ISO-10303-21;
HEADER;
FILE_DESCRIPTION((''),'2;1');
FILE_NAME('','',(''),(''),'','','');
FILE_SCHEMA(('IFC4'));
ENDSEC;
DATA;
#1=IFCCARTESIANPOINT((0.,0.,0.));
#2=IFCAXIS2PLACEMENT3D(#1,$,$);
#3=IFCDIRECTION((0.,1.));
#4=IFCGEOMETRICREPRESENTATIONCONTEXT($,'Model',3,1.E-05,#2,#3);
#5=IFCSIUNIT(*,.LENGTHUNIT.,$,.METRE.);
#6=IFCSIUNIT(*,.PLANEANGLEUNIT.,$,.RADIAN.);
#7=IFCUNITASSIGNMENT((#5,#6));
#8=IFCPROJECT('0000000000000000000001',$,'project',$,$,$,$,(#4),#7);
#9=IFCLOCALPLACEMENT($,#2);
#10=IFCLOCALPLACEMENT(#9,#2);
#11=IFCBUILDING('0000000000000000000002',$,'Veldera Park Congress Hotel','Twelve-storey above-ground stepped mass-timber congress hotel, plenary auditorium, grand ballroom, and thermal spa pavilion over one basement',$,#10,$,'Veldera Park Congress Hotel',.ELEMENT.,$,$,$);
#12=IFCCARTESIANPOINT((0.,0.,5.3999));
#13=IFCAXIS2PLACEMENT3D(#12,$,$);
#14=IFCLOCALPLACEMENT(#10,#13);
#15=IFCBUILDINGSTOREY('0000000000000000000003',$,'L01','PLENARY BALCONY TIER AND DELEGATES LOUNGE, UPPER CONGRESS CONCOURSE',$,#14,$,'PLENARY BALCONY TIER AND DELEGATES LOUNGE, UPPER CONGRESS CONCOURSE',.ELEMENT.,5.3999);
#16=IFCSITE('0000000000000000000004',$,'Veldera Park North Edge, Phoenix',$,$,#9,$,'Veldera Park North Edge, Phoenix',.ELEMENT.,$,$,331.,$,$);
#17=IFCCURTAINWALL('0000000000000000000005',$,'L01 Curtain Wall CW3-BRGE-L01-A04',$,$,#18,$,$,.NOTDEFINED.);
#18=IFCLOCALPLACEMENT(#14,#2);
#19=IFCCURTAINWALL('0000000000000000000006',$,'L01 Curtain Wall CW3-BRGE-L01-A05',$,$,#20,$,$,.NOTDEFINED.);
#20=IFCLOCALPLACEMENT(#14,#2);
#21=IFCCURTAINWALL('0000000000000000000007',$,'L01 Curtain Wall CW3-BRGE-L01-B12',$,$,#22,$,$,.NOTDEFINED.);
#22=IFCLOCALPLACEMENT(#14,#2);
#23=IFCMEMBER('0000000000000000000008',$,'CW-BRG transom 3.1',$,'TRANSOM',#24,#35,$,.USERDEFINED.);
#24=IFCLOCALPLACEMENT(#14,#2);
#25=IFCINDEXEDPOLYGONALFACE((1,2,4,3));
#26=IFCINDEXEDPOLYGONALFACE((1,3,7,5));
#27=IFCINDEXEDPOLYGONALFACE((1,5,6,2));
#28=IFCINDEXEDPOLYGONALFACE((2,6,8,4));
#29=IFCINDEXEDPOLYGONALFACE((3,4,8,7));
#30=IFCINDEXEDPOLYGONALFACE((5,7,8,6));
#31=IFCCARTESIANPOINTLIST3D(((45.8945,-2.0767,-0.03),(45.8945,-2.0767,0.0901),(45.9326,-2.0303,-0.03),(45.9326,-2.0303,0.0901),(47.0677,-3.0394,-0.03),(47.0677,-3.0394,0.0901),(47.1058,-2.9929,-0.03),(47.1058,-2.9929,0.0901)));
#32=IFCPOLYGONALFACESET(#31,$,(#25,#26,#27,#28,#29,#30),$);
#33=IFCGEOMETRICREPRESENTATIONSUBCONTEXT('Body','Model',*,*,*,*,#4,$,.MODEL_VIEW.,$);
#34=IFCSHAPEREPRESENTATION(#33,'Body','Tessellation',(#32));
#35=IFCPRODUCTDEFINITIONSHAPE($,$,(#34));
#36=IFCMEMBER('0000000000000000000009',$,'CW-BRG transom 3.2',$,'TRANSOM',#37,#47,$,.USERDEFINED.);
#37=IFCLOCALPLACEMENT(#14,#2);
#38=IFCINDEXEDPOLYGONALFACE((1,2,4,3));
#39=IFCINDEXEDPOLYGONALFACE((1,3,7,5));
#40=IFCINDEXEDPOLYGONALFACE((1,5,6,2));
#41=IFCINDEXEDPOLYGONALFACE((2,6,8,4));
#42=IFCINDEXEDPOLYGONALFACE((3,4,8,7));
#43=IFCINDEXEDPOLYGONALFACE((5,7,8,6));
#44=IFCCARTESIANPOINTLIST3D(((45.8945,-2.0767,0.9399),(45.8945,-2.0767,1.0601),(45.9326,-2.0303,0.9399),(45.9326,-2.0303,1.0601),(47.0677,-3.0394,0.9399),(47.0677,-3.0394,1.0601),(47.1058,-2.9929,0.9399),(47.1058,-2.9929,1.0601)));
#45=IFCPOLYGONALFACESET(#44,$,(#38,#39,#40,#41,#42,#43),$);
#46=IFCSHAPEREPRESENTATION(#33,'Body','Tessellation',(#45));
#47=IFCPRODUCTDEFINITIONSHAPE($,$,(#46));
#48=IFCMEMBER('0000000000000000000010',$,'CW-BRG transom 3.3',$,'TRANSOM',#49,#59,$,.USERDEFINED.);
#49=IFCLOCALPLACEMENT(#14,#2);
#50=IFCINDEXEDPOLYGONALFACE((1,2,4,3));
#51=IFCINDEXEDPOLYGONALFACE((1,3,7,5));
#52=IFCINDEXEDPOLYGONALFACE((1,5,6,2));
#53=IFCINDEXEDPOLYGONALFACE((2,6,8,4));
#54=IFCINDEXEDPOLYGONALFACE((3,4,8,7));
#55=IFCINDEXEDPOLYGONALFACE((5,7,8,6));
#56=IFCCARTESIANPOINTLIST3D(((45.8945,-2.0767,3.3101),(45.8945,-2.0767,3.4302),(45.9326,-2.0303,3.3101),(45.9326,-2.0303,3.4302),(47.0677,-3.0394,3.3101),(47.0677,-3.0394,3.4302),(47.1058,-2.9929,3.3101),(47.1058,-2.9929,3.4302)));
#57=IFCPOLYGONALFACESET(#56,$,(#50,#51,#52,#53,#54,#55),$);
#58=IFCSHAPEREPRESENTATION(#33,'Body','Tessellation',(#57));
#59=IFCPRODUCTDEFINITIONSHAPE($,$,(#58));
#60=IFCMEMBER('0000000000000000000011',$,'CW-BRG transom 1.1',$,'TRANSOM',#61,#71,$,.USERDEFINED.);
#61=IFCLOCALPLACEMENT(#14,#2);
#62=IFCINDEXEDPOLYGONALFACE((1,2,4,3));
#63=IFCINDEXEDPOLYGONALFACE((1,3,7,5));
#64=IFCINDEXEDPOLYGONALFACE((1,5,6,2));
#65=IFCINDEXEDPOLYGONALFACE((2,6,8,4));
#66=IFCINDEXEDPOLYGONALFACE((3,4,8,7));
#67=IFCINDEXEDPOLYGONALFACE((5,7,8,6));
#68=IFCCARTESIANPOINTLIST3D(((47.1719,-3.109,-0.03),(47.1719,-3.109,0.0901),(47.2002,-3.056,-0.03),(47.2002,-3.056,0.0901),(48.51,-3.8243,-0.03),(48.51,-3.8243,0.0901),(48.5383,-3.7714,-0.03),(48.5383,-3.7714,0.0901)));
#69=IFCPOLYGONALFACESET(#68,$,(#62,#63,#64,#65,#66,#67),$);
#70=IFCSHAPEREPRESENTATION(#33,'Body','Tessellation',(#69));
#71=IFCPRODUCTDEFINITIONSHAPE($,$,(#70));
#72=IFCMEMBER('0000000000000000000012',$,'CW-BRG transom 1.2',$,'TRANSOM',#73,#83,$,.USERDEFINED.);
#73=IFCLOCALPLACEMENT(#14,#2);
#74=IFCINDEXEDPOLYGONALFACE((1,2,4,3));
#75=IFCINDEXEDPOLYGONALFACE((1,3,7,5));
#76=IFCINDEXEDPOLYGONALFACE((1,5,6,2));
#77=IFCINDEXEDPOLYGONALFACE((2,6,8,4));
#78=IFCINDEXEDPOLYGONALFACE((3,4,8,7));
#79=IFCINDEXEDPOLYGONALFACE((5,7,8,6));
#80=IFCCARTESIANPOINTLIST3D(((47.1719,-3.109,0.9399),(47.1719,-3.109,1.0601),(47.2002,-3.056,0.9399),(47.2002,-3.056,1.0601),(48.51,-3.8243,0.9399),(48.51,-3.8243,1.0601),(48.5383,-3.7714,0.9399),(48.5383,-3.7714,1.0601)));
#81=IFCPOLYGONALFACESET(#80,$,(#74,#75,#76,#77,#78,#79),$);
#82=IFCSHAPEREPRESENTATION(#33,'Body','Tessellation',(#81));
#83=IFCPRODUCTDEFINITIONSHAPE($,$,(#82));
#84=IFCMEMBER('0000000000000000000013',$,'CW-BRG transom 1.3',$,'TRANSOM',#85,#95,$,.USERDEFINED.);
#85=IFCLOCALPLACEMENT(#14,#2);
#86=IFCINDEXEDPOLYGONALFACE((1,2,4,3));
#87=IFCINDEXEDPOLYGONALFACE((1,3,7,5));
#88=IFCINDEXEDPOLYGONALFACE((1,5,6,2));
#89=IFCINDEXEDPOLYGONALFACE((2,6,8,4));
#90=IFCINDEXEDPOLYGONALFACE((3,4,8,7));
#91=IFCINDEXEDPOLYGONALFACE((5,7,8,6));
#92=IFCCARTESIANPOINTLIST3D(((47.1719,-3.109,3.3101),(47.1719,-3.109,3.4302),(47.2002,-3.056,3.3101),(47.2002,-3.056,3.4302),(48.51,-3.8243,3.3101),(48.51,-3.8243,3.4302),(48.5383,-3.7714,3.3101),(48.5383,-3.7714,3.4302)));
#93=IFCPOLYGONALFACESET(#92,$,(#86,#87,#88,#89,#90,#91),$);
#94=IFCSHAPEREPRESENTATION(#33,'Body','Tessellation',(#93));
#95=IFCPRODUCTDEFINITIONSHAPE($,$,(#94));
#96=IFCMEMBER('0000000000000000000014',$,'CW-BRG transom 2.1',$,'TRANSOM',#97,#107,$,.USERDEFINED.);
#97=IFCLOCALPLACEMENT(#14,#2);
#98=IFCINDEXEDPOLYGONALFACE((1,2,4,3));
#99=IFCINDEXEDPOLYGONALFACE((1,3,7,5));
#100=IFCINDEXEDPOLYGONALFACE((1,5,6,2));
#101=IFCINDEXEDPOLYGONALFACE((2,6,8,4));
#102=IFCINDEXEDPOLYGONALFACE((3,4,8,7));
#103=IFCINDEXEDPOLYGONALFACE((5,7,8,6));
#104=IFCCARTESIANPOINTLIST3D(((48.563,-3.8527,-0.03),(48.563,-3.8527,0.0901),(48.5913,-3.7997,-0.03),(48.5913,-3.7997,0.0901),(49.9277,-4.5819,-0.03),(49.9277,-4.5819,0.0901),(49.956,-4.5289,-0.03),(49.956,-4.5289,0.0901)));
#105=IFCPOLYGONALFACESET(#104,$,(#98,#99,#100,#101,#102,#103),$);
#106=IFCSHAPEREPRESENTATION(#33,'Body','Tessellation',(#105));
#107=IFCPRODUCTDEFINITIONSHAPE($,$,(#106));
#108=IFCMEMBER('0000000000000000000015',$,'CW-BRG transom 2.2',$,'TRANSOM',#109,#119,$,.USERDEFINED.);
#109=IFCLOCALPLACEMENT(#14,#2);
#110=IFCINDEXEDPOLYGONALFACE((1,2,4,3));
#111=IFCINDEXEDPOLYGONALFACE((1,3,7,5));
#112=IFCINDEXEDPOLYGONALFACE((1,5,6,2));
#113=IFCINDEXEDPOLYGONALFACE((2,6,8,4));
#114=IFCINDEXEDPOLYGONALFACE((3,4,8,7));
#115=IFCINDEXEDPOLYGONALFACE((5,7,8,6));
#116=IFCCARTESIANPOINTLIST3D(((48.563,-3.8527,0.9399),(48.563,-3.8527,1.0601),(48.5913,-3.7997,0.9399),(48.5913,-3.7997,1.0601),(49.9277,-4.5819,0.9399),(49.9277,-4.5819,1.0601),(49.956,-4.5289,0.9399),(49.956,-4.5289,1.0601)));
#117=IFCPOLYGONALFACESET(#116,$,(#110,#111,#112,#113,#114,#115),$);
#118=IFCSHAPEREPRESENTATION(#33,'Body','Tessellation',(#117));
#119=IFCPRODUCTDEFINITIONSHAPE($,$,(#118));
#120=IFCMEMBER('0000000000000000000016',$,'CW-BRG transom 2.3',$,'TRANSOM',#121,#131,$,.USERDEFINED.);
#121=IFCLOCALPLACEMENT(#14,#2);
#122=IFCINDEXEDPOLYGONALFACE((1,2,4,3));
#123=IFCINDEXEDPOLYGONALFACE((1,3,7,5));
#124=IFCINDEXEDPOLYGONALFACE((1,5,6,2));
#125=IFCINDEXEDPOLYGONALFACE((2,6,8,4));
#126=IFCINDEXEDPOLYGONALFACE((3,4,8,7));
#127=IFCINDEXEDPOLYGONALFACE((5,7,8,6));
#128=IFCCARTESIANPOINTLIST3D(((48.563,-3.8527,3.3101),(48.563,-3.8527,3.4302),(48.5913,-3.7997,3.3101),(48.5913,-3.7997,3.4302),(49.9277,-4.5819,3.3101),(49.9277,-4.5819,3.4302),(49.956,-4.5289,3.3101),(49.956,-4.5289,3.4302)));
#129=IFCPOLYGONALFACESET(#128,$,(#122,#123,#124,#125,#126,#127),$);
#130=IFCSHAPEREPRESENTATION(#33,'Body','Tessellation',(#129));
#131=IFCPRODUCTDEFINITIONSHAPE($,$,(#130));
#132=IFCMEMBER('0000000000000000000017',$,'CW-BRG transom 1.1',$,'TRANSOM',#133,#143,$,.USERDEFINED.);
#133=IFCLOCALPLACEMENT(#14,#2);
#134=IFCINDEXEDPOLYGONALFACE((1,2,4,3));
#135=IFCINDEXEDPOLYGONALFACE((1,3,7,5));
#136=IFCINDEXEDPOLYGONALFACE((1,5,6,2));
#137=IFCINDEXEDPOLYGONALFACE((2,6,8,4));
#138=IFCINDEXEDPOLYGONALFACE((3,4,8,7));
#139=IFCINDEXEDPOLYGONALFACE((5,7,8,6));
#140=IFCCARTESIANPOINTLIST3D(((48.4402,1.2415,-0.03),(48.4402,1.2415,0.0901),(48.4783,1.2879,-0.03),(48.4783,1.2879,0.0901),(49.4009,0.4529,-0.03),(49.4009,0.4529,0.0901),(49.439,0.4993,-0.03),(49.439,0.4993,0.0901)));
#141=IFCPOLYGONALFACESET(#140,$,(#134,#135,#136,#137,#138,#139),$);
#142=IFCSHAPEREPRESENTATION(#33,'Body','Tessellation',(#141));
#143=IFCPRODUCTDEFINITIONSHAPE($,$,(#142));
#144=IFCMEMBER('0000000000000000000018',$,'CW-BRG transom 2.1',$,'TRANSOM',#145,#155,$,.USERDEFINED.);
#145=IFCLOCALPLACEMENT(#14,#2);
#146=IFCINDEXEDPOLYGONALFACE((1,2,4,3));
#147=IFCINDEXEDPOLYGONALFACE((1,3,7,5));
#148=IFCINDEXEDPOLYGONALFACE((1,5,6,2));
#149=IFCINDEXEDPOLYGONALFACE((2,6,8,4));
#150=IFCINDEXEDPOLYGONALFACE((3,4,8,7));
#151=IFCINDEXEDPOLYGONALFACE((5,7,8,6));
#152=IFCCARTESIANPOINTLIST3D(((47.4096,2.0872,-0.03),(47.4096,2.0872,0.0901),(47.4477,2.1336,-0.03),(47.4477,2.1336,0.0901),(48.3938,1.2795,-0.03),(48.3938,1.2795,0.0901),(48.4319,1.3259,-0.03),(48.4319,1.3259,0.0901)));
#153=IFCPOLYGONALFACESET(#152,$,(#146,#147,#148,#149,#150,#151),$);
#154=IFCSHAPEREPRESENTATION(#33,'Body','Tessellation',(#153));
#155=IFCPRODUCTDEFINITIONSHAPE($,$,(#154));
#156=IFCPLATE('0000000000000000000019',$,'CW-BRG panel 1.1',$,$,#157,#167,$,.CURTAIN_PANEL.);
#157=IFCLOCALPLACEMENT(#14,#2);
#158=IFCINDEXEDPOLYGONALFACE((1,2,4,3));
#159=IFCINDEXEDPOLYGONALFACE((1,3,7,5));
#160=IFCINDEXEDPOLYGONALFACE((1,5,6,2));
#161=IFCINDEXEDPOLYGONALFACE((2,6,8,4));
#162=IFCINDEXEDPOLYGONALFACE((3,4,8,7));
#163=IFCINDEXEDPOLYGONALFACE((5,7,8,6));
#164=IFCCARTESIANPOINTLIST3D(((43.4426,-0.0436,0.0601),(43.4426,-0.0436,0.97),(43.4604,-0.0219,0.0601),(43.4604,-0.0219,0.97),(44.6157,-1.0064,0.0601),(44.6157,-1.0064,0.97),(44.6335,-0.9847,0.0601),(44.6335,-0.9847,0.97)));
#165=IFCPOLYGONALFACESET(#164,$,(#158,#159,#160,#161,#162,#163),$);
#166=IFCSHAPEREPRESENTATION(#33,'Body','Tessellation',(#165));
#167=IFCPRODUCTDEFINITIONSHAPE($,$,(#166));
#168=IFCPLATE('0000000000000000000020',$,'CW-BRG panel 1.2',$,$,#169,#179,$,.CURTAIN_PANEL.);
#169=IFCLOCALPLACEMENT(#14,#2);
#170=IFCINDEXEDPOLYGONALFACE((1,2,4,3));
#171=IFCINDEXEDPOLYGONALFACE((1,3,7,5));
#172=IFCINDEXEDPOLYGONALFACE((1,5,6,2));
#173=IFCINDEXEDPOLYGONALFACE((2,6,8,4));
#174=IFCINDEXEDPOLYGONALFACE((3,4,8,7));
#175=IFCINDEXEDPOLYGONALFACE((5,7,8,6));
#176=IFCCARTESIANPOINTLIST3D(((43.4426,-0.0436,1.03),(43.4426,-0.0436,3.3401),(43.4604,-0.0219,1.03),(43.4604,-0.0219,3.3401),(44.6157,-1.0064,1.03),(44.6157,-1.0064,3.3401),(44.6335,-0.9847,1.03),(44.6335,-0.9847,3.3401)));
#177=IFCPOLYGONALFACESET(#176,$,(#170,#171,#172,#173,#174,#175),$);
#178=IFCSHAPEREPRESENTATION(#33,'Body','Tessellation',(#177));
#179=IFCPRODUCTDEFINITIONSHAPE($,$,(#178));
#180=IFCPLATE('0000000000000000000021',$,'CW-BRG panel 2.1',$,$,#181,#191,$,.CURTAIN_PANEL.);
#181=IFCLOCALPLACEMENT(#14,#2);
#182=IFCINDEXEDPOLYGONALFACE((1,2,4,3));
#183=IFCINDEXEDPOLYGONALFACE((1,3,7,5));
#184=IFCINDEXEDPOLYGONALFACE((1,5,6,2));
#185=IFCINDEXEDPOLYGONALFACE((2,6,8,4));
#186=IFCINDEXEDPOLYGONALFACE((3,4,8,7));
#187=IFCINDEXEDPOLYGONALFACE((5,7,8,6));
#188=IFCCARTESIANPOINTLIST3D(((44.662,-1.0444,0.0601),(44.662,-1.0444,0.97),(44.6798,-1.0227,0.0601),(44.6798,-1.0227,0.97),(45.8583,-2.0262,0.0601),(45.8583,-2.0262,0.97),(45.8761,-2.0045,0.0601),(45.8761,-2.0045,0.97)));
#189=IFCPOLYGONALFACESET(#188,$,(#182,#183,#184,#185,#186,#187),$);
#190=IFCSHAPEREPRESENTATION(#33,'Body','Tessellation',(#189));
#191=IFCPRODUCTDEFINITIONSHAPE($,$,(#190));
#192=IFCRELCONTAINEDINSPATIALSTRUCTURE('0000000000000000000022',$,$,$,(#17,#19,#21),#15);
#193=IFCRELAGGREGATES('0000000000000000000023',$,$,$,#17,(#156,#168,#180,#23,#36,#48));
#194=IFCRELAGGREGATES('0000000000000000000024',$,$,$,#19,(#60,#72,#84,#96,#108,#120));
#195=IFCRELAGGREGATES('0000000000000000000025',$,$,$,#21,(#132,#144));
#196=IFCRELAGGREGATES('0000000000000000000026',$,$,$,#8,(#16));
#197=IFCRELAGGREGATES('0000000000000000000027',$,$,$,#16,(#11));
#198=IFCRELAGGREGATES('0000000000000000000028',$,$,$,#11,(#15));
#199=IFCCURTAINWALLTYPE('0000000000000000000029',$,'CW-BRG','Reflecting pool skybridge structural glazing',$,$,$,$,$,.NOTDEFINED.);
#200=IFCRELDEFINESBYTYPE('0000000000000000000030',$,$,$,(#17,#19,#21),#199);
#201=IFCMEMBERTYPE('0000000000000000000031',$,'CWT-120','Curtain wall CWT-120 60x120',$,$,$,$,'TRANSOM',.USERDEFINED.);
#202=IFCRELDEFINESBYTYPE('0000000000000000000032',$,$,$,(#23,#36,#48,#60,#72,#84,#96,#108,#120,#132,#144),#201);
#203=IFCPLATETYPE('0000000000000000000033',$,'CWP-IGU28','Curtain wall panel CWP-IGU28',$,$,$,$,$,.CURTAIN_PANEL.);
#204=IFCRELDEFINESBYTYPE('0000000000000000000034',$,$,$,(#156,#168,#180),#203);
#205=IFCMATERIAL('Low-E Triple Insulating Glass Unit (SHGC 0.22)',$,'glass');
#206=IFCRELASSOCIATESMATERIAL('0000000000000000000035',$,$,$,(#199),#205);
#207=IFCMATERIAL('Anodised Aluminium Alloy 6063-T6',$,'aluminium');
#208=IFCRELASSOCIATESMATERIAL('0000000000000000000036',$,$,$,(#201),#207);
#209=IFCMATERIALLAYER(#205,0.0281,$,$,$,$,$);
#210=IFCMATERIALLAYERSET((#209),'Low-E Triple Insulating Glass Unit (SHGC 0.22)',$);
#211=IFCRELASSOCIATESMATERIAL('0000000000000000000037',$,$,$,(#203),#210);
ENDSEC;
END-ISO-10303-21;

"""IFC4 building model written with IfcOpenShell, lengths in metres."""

from ifc_helpers import new_model, si_unit, direction, frame, origin, origin_2d, place, context, subcontext, project, spatial, rectangle, extrude, material, layer, layer_set, material_profile, profile_set, type_object, element, aggregate, save


model = new_model("IFC4")

# Units and contexts
model_context = context("Model", 3, precision=1e-05, world=origin(), true_north=direction((0.0, 1.0)))
body_context = subcontext(model_context, "Body", "Model", "MODEL_VIEW")
ifc_project = project(units=[si_unit("LENGTHUNIT", "METRE"), si_unit("PLANEANGLEUNIT", "RADIAN")], contexts=[model_context])

# Site, building, storey
site_placement = place(None, origin())
site = spatial("IfcSite", under=ifc_project, at=site_placement, Name="Veldera Park North Edge, Phoenix", LongName="Veldera Park North Edge, Phoenix", CompositionType="ELEMENT", RefElevation=331.0)
building_placement = place(site_placement, origin())
building = spatial("IfcBuilding", under=site, at=building_placement, Name="Veldera Park Congress Hotel", Description="Twelve-storey above-ground stepped mass-timber congress hotel, plenary auditorium, grand ballroom, and thermal spa pavilion over one basement", LongName="Veldera Park Congress Hotel", CompositionType="ELEMENT")
storey_placement = place(building_placement, frame((0.0, 0.0, 5.3999)))
storey = spatial("IfcBuildingStorey", under=building, at=storey_placement, Name="L01", Description="PLENARY BALCONY TIER AND DELEGATES LOUNGE, UPPER CONGRESS CONCOURSE", LongName="PLENARY BALCONY TIER AND DELEGATES LOUNGE, UPPER CONGRESS CONCOURSE", CompositionType="ELEMENT", Elevation=5.3999)

# Shared definitions
ifc_material_1 = material(Name="Low-E Triple Insulating Glass Unit (SHGC 0.22)", Category="glass")
curtain_wall_type = type_object("IfcCurtainWallType", Name="CW-BRG", Description="Reflecting pool skybridge structural glazing", PredefinedType="NOTDEFINED", material=ifc_material_1)
ifc_material_2 = material(Name="Anodised Aluminium Alloy 6063-T6", Category="aluminium")

# Curtain walls
curtain_wall_1_placement = place(storey_placement, origin())
curtain_wall_1 = element("IfcCurtainWall", 1, at=curtain_wall_1_placement, inside=storey, type_object=curtain_wall_type, Name="L01 Curtain Wall CW3-BRGE-L01-A04", PredefinedType="NOTDEFINED")
curtain_wall_2_placement = place(storey_placement, origin())
curtain_wall_2 = element("IfcCurtainWall", 2, at=curtain_wall_2_placement, inside=storey, type_object=curtain_wall_type, Name="L01 Curtain Wall CW3-BRGE-L01-A05", PredefinedType="NOTDEFINED")

# Curtain wall
curtain_wall_3_placement = place(storey_placement, origin())
curtain_wall_3 = element("IfcCurtainWall", 3, at=curtain_wall_3_placement, inside=storey, type_object=curtain_wall_type, Name="L01 Curtain Wall CW3-BRGE-L01-B12", PredefinedType="NOTDEFINED")

# Members
ifc_material_profile_1 = material_profile(ifc_material_2, rectangle(XDim=0.0601, YDim=0.1201, at=origin_2d()), Name="ALU 60x120")
ifc_profile_set_1 = profile_set([ifc_material_profile_1], Name="Anodised Aluminium Alloy 6063-T6")
member_type_1 = type_object("IfcMemberType", Name="CWT-120", Description="Curtain wall CWT-120 60x120", ElementType="TRANSOM", PredefinedType="USERDEFINED", material=ifc_profile_set_1)
member_1_placement = place(storey_placement, frame((45.9136, -2.0535, 0.03), z_axis=(0.773039, -0.634359, 0.0), x_axis=(0.634359, 0.773039, 0.0)))
member_1 = element("IfcMember", 4, at=member_1_placement, type_object=member_type_1, Name="CW-BRG transom 3.1", ObjectType="TRANSOM", PredefinedType="USERDEFINED", context=body_context, shape_type="SweptSolid", body=[
    extrude(rectangle(XDim=0.0601, YDim=0.1201, at=origin_2d()), origin(), (0.0, 0.0, 1.0), 1.5176),
])
member_2_placement = place(storey_placement, frame((45.9136, -2.0535, 1.0), z_axis=(0.773039, -0.634359, 0.0), x_axis=(0.634359, 0.773039, 0.0)))
member_2 = element("IfcMember", 5, at=member_2_placement, type_object=member_type_1, Name="CW-BRG transom 3.2", ObjectType="TRANSOM", PredefinedType="USERDEFINED", context=body_context, shape_type="SweptSolid", body=[
    extrude(rectangle(XDim=0.0601, YDim=0.1201, at=origin_2d()), origin(), (0.0, 0.0, 1.0), 1.5176),
])
member_3_placement = place(storey_placement, frame((45.9136, -2.0535, 3.3701), z_axis=(0.773039, -0.634359, 0.0), x_axis=(0.634359, 0.773039, 0.0)))
member_3 = element("IfcMember", 6, at=member_3_placement, type_object=member_type_1, Name="CW-BRG transom 3.3", ObjectType="TRANSOM", PredefinedType="USERDEFINED", context=body_context, shape_type="SweptSolid", body=[
    extrude(rectangle(XDim=0.0601, YDim=0.1201, at=origin_2d()), origin(), (0.0, 0.0, 1.0), 1.5176),
])
member_4_placement = place(storey_placement, frame((47.186, -3.0825, 0.03), z_axis=(0.881898, -0.47144, 0.0), x_axis=(0.47144, 0.881898, 0.0)))
member_4 = element("IfcMember", 7, at=member_4_placement, type_object=member_type_1, Name="CW-BRG transom 1.1", ObjectType="TRANSOM", PredefinedType="USERDEFINED", context=body_context, shape_type="SweptSolid", body=[
    extrude(rectangle(XDim=0.0601, YDim=0.1201, at=origin_2d()), origin(), (0.0, 0.0, 1.0), 1.5173),
])
member_5_placement = place(storey_placement, frame((47.186, -3.0825, 1.0), z_axis=(0.881898, -0.47144, 0.0), x_axis=(0.47144, 0.881898, 0.0)))
member_5 = element("IfcMember", 8, at=member_5_placement, type_object=member_type_1, Name="CW-BRG transom 1.2", ObjectType="TRANSOM", PredefinedType="USERDEFINED", context=body_context, shape_type="SweptSolid", body=[
    extrude(rectangle(XDim=0.0601, YDim=0.1201, at=origin_2d()), origin(), (0.0, 0.0, 1.0), 1.5173),
])
member_6_placement = place(storey_placement, frame((47.186, -3.0825, 3.3701), z_axis=(0.881898, -0.47144, 0.0), x_axis=(0.47144, 0.881898, 0.0)))
member_6 = element("IfcMember", 9, at=member_6_placement, type_object=member_type_1, Name="CW-BRG transom 1.3", ObjectType="TRANSOM", PredefinedType="USERDEFINED", context=body_context, shape_type="SweptSolid", body=[
    extrude(rectangle(XDim=0.0601, YDim=0.1201, at=origin_2d()), origin(), (0.0, 0.0, 1.0), 1.5173),
])
member_7_placement = place(storey_placement, frame((48.5771, -3.8262, 0.03), z_axis=(0.881981, -0.471284, 0.0), x_axis=(0.471284, 0.881981, 0.0)))
member_7 = element("IfcMember", 10, at=member_7_placement, type_object=member_type_1, Name="CW-BRG transom 2.1", ObjectType="TRANSOM", PredefinedType="USERDEFINED", context=body_context, shape_type="SweptSolid", body=[
    extrude(rectangle(XDim=0.0601, YDim=0.1201, at=origin_2d()), origin(), (0.0, 0.0, 1.0), 1.5474),
])
member_8_placement = place(storey_placement, frame((48.5771, -3.8262, 1.0), z_axis=(0.881981, -0.471284, 0.0), x_axis=(0.471284, 0.881981, 0.0)))
member_8 = element("IfcMember", 11, at=member_8_placement, type_object=member_type_1, Name="CW-BRG transom 2.2", ObjectType="TRANSOM", PredefinedType="USERDEFINED", context=body_context, shape_type="SweptSolid", body=[
    extrude(rectangle(XDim=0.0601, YDim=0.1201, at=origin_2d()), origin(), (0.0, 0.0, 1.0), 1.5474),
])
member_9_placement = place(storey_placement, frame((48.5771, -3.8262, 3.3701), z_axis=(0.881981, -0.471284, 0.0), x_axis=(0.471284, 0.881981, 0.0)))
member_9 = element("IfcMember", 12, at=member_9_placement, type_object=member_type_1, Name="CW-BRG transom 2.3", ObjectType="TRANSOM", PredefinedType="USERDEFINED", context=body_context, shape_type="SweptSolid", body=[
    extrude(rectangle(XDim=0.0601, YDim=0.1201, at=origin_2d()), origin(), (0.0, 0.0, 1.0), 1.5474),
])
member_10_placement = place(storey_placement, frame((49.4199, 0.4761, 0.03), z_axis=(-0.77295, 0.634467, 0.0), x_axis=(-0.634467, -0.77295, 0.0)))
member_10 = element("IfcMember", 13, at=member_10_placement, type_object=member_type_1, Name="CW-BRG transom 1.1", ObjectType="TRANSOM", PredefinedType="USERDEFINED", context=body_context, shape_type="SweptSolid", body=[
    extrude(rectangle(XDim=0.0601, YDim=0.1201, at=origin_2d()), origin(), (0.0, 0.0, 1.0), 1.2429),
])
member_11_placement = place(storey_placement, frame((48.4128, 1.3027, 0.03), z_axis=(-0.773025, 0.634375, 0.0), x_axis=(-0.634375, -0.773025, 0.0)))
member_11 = element("IfcMember", 14, at=member_11_placement, type_object=member_type_1, Name="CW-BRG transom 2.1", ObjectType="TRANSOM", PredefinedType="USERDEFINED", context=body_context, shape_type="SweptSolid", body=[
    extrude(rectangle(XDim=0.0601, YDim=0.1201, at=origin_2d()), origin(), (0.0, 0.0, 1.0), 1.2732),
])

# Plates
ifc_layer = layer(ifc_material_1, 0.0281)
ifc_layer_set = layer_set([ifc_layer], Name="Low-E Triple Insulating Glass Unit (SHGC 0.22)")
plate_type = type_object("IfcPlateType", Name="CWP-IGU28", Description="Curtain wall panel CWP-IGU28", PredefinedType="CURTAIN_PANEL", material=ifc_layer_set)
plate_1_placement = place(storey_placement, frame((44.0381, -0.5142, 0.0601), z_axis=(0.0, 0.0, 1.0), x_axis=(0.773003, -0.634402, 0.0)))
plate_1 = element("IfcPlate", 15, at=plate_1_placement, type_object=plate_type, Name="CW-BRG panel 1.1", PredefinedType="CURTAIN_PANEL", context=body_context, shape_type="SweptSolid", body=[
    extrude(rectangle(XDim=1.5176, YDim=0.0281, at=origin_2d()), origin(), (0.0, 0.0, 1.0), 0.9099),
])
plate_2_placement = place(storey_placement, frame((44.0381, -0.5142, 1.03), z_axis=(0.0, 0.0, 1.0), x_axis=(0.773003, -0.634402, 0.0)))
plate_2 = element("IfcPlate", 16, at=plate_2_placement, type_object=plate_type, Name="CW-BRG panel 1.2", PredefinedType="CURTAIN_PANEL", context=body_context, shape_type="SweptSolid", body=[
    extrude(rectangle(XDim=1.5176, YDim=0.0281, at=origin_2d()), origin(), (0.0, 0.0, 1.0), 2.3101),
])
plate_3_placement = place(storey_placement, frame((45.269, -1.5244, 0.0601), z_axis=(0.0, 0.0, 1.0), x_axis=(0.773003, -0.634402, 0.0)))
plate_3 = element("IfcPlate", 17, at=plate_3_placement, type_object=plate_type, Name="CW-BRG panel 2.1", PredefinedType="CURTAIN_PANEL", context=body_context, shape_type="SweptSolid", body=[
    extrude(rectangle(XDim=1.5476, YDim=0.0281, at=origin_2d()), origin(), (0.0, 0.0, 1.0), 0.9099),
])
aggregate(curtain_wall_1, [plate_1, plate_2, plate_3, member_1, member_2, member_3])
aggregate(curtain_wall_2, [member_4, member_5, member_6, member_7, member_8, member_9])
aggregate(curtain_wall_3, [member_10, member_11])

save(model, "model.ifc")
